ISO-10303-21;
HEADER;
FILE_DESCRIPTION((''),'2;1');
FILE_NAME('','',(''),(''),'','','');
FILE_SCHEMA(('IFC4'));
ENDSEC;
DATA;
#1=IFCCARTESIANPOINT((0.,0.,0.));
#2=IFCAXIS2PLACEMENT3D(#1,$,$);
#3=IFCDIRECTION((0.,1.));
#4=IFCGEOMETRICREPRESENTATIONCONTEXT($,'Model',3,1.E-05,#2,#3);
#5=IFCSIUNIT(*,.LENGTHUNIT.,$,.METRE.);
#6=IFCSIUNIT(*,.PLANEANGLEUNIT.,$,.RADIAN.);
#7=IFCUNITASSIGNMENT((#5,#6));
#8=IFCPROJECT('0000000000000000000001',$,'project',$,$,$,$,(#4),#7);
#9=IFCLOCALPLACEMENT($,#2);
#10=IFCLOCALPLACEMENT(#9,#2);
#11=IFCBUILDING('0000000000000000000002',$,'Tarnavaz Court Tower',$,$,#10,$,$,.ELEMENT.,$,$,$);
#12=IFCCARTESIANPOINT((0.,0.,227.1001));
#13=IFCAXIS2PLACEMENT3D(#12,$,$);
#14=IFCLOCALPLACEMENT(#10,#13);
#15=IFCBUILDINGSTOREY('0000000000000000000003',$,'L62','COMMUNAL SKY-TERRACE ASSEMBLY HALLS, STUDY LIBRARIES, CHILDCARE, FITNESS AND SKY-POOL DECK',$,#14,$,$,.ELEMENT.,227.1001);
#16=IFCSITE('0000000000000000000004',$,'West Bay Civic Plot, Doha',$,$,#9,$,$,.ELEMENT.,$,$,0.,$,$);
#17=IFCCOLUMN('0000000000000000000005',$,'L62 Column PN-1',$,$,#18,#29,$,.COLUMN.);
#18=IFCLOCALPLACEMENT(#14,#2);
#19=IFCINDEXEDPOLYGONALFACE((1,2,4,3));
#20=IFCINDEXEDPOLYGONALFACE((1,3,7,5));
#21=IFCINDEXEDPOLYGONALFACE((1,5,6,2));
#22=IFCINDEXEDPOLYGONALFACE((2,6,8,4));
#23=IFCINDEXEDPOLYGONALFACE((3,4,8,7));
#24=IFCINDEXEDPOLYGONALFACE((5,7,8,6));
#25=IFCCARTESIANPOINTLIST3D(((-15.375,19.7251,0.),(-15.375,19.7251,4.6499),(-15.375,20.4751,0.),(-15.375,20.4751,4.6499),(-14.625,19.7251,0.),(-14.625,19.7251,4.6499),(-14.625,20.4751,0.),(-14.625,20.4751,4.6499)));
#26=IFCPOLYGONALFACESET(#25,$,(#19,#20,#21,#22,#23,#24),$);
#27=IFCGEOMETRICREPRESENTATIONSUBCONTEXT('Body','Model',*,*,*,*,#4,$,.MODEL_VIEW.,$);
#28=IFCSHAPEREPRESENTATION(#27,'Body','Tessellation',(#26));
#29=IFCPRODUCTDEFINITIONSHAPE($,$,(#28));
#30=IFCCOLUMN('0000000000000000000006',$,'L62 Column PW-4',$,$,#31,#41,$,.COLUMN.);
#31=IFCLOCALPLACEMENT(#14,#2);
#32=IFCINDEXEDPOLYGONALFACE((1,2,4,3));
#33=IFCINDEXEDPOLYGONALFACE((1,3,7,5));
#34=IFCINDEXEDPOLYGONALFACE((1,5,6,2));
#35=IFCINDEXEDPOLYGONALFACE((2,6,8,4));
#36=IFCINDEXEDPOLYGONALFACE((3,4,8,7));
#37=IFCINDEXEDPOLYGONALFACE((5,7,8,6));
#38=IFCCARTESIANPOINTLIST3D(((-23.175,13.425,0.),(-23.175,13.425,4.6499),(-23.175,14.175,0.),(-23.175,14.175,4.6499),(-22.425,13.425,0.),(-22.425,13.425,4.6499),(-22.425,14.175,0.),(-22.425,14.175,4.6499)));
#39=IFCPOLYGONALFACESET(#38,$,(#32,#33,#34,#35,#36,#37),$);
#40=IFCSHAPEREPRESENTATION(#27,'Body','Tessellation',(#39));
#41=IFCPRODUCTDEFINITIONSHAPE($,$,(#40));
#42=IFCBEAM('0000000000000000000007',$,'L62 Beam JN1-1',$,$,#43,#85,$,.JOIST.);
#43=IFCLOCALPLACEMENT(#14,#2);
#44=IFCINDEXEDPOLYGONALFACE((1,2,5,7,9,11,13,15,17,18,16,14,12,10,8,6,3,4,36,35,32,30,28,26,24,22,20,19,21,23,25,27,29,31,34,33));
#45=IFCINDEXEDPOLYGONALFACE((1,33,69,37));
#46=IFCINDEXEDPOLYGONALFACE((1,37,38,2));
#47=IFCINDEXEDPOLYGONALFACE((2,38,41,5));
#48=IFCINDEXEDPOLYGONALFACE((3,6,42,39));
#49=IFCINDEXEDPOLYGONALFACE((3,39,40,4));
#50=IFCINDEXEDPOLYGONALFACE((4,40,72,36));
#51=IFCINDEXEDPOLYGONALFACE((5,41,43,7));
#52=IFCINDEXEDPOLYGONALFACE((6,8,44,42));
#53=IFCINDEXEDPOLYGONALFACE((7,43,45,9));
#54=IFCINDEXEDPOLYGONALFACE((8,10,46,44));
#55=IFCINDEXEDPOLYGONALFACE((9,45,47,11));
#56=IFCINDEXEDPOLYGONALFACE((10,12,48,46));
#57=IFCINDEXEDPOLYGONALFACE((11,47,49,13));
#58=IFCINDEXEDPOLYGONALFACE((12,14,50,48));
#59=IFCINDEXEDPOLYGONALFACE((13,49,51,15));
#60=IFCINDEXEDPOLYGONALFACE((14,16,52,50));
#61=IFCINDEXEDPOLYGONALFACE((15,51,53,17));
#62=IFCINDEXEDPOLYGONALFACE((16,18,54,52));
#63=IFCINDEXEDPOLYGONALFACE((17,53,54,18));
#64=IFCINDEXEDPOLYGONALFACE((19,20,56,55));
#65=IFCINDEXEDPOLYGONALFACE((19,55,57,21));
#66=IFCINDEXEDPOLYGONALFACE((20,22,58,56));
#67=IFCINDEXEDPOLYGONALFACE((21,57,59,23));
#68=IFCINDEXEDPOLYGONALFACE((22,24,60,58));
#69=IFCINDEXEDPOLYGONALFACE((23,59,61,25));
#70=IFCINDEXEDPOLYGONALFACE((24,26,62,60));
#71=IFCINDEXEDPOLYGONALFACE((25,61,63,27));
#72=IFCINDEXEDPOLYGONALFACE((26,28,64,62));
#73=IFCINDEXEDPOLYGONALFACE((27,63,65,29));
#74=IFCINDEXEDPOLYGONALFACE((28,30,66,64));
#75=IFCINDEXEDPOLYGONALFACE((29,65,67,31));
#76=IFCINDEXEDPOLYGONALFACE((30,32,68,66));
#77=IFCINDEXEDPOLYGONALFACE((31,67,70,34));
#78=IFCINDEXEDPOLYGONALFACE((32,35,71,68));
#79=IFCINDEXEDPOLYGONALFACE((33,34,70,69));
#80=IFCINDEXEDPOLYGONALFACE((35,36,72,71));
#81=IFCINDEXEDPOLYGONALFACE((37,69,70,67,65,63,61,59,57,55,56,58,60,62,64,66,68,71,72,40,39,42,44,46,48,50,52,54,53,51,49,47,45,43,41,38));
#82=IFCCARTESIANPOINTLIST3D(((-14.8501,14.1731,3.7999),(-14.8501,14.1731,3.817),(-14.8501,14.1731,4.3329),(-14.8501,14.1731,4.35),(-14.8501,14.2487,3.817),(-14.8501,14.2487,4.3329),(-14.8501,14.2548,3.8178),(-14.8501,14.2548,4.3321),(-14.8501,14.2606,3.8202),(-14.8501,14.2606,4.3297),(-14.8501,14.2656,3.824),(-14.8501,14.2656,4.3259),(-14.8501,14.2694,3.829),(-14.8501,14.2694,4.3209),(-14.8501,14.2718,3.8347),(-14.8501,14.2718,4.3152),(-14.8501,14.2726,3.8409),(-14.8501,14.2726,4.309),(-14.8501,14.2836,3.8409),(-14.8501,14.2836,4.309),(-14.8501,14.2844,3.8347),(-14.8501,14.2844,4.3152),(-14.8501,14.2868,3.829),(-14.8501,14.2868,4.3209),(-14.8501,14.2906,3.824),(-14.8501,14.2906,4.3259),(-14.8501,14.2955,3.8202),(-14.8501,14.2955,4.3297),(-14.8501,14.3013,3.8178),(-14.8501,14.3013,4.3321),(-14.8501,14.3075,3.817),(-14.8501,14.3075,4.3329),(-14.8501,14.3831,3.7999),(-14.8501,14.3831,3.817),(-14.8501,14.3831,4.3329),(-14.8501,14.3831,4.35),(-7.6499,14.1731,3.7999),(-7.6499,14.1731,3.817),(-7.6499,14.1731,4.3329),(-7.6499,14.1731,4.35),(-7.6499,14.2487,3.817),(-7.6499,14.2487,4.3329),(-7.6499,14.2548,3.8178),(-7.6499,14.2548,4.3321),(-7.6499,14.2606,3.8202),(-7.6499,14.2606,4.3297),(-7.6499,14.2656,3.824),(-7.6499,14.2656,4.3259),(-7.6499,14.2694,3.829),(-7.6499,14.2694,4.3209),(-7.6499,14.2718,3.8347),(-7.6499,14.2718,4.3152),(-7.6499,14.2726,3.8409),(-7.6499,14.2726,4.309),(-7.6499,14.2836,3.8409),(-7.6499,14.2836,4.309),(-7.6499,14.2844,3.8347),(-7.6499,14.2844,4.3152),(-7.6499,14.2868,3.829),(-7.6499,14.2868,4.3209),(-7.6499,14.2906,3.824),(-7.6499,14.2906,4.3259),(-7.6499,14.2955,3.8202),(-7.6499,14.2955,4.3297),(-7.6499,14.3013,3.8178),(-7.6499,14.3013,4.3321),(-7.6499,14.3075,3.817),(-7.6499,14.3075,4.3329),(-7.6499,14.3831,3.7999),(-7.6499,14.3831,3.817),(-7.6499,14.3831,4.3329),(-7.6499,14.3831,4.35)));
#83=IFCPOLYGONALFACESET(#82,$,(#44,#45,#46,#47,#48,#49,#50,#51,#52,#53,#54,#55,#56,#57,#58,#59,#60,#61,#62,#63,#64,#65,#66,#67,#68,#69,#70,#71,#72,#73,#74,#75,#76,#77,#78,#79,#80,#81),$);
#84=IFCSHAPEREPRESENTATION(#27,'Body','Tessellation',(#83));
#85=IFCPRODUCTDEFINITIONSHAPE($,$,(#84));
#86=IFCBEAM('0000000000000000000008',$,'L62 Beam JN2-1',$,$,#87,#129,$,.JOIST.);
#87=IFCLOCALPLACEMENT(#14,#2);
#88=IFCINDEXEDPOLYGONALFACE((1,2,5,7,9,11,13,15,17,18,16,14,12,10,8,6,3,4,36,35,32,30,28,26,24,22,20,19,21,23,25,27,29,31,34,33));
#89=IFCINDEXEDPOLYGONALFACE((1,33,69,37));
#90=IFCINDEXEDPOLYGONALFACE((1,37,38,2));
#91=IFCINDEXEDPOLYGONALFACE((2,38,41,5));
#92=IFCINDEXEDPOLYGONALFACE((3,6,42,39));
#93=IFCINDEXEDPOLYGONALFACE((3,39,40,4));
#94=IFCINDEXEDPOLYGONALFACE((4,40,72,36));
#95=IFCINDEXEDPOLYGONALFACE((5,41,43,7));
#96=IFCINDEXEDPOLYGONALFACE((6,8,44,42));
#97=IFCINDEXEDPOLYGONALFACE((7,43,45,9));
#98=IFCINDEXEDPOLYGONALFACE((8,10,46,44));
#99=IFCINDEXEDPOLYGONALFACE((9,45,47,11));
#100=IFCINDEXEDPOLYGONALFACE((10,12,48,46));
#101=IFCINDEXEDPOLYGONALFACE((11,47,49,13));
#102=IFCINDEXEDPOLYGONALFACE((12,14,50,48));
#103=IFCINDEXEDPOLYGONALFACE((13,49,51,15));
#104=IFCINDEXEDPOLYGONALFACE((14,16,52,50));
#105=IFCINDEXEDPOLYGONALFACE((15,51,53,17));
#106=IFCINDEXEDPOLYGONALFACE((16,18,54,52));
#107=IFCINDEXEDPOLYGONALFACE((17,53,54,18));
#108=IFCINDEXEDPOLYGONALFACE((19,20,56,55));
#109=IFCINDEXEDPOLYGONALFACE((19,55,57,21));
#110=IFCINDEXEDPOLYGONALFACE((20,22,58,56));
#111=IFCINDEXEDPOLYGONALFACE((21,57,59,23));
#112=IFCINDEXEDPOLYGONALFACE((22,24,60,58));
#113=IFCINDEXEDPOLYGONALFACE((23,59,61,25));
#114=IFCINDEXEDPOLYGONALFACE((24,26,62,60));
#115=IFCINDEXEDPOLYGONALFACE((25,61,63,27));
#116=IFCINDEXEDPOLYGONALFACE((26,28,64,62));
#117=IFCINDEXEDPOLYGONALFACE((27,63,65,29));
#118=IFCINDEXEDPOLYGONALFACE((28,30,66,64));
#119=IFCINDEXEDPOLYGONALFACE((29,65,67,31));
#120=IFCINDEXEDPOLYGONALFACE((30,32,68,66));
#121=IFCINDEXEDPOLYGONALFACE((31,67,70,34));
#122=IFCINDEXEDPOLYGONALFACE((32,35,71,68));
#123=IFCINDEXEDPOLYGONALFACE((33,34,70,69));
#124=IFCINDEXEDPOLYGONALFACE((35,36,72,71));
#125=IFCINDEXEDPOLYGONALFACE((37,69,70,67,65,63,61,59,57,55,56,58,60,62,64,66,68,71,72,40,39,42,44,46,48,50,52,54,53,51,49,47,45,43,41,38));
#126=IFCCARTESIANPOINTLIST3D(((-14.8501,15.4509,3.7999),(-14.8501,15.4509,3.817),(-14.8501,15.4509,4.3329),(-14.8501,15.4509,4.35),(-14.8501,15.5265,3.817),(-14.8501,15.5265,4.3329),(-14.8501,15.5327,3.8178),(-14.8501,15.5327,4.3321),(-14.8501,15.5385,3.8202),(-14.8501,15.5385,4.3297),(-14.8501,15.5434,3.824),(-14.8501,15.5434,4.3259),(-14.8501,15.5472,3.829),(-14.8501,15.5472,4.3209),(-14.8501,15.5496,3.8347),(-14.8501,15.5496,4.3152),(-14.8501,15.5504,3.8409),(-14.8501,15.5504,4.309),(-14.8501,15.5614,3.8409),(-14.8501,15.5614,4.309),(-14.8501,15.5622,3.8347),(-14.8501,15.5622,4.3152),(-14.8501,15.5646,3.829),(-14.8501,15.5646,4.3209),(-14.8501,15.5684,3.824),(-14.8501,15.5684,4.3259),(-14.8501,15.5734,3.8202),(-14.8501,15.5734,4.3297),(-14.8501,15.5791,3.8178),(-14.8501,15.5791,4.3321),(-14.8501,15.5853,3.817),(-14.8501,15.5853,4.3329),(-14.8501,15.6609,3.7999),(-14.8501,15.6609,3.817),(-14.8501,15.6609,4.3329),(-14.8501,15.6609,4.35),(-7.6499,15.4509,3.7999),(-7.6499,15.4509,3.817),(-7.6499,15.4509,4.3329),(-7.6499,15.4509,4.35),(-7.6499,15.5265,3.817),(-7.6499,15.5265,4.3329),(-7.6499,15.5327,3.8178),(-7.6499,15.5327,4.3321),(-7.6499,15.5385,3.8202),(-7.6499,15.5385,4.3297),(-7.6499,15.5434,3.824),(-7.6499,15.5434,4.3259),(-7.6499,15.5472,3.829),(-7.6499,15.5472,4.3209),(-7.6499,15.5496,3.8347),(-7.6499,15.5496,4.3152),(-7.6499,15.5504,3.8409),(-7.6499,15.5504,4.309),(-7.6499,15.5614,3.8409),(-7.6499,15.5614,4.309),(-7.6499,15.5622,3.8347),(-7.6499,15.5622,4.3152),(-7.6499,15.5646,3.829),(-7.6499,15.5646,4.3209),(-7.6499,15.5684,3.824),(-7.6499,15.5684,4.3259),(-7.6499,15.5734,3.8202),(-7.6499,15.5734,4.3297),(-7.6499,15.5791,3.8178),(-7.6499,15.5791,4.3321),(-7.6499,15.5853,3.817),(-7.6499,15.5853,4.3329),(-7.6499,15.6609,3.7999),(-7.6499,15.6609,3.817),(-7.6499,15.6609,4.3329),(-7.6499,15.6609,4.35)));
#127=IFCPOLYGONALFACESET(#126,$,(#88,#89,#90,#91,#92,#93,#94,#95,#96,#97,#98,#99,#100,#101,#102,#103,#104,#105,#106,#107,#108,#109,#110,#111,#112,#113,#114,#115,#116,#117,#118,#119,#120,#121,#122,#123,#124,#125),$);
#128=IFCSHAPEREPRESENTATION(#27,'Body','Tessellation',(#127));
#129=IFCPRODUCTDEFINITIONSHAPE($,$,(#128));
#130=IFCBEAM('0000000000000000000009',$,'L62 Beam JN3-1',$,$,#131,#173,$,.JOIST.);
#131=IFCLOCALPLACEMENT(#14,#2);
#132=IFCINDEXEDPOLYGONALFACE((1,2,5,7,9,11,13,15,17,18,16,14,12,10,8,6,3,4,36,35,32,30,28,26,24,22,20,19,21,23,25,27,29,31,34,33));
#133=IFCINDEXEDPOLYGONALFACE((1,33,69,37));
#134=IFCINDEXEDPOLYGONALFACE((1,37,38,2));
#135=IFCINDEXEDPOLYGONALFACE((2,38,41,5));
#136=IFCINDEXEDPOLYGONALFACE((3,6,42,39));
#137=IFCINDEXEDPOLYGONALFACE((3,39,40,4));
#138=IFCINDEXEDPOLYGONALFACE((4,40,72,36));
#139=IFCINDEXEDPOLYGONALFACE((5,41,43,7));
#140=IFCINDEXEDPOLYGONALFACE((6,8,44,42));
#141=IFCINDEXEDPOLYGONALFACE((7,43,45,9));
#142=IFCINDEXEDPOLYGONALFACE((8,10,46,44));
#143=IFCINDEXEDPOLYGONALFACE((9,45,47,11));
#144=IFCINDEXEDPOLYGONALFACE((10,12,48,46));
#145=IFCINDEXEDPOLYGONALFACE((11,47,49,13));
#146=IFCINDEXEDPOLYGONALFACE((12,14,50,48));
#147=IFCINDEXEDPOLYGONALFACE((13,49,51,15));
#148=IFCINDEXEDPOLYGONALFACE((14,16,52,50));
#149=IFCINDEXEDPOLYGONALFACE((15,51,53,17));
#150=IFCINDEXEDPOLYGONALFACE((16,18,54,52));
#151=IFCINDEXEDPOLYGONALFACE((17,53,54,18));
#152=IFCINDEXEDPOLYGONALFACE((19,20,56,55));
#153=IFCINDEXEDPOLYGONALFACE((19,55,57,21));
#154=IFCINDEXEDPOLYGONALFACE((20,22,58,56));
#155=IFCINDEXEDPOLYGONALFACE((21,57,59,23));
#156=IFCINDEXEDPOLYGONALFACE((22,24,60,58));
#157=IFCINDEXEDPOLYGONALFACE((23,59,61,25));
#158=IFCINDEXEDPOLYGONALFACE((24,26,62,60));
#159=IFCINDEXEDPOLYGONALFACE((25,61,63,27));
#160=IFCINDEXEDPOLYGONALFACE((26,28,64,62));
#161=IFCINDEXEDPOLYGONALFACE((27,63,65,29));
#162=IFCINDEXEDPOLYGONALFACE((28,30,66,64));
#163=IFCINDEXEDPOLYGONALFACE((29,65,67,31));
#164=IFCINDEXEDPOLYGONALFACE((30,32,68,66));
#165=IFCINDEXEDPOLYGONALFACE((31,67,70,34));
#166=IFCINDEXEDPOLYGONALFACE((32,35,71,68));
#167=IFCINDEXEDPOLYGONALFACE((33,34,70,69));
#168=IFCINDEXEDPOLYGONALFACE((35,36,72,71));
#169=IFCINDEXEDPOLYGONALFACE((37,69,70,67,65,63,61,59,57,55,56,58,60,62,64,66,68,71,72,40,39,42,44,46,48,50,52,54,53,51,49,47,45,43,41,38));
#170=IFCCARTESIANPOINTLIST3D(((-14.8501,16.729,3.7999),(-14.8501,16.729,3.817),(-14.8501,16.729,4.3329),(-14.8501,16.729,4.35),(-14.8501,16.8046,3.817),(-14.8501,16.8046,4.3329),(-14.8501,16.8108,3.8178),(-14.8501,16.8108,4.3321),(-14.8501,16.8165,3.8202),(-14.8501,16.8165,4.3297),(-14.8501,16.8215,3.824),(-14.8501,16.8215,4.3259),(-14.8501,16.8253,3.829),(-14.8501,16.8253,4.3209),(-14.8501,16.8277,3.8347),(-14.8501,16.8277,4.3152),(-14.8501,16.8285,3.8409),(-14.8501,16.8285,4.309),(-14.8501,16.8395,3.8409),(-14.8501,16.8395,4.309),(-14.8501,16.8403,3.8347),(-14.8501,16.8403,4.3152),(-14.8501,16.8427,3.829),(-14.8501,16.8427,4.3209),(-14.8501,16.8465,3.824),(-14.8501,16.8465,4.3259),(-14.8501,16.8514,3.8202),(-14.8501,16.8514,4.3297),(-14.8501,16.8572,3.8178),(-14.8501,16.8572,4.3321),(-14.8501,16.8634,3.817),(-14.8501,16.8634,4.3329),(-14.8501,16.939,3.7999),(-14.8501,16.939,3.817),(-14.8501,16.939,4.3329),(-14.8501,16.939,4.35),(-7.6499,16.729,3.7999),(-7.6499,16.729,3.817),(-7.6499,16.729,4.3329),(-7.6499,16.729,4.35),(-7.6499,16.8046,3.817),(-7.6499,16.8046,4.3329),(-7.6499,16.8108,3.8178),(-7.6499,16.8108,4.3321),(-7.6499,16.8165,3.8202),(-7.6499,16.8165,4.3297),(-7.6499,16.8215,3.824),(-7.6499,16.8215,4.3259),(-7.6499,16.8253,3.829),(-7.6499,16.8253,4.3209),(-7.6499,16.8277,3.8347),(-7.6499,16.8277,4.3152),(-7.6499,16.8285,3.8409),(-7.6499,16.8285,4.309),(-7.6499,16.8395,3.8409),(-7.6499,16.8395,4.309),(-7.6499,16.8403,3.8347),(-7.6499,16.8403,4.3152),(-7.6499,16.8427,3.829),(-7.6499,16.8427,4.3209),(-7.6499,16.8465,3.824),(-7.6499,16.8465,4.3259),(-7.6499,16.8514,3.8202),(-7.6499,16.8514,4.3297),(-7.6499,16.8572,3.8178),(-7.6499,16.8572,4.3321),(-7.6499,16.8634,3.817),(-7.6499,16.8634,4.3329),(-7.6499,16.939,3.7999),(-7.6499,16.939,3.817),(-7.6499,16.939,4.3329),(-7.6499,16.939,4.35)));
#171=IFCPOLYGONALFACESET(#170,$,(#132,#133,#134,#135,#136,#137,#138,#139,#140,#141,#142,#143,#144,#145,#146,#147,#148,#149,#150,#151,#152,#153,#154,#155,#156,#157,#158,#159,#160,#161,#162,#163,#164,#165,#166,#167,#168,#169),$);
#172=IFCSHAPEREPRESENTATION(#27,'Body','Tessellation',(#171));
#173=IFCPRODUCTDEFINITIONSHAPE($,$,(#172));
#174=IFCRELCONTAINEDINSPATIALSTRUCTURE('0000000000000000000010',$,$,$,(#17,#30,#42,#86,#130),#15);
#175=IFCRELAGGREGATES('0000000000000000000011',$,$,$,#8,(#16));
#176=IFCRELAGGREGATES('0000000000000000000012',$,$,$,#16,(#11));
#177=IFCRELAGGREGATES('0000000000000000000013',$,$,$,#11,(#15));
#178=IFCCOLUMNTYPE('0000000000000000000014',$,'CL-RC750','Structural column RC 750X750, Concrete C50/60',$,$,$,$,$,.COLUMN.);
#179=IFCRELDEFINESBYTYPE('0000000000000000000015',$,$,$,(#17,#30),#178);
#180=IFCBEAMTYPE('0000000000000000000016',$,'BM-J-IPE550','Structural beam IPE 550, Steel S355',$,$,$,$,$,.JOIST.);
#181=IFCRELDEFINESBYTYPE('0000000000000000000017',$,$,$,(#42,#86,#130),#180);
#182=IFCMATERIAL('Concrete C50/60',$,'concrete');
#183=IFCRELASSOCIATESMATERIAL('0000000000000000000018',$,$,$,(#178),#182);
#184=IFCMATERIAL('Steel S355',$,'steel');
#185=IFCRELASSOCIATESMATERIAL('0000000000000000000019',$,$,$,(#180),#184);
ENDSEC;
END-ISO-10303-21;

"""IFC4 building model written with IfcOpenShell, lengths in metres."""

from ifc_helpers import new_model, si_unit, direction, frame, origin, origin_2d, place, context, subcontext, project, spatial, rectangle, i_section, extrude, material, material_profile, profile_set, type_object, element, save


model = new_model("IFC4")

# Units and contexts
model_context = context("Model", 3, precision=1e-05, world=origin(), true_north=direction((0.0, 1.0)))
body_context = subcontext(model_context, "Body", "Model", "MODEL_VIEW")
ifc_project = project(units=[si_unit("LENGTHUNIT", "METRE"), si_unit("PLANEANGLEUNIT", "RADIAN")], contexts=[model_context])

# Site, building, storey
site_placement = place(None, origin())
site = spatial("IfcSite", under=ifc_project, at=site_placement, Name="West Bay Civic Plot, Doha", CompositionType="ELEMENT", RefElevation=0.0)
building_placement = place(site_placement, origin())
building = spatial("IfcBuilding", under=site, at=building_placement, Name="Tarnavaz Court Tower", CompositionType="ELEMENT")
storey_placement = place(building_placement, frame((0.0, 0.0, 227.1001)))
storey = spatial("IfcBuildingStorey", under=building, at=storey_placement, Name="L62", Description="COMMUNAL SKY-TERRACE ASSEMBLY HALLS, STUDY LIBRARIES, CHILDCARE, FITNESS AND SKY-POOL DECK", CompositionType="ELEMENT", Elevation=227.1001)

# Columns
ifc_material_1 = material(Name="Concrete C50/60", Category="concrete")
ifc_material_profile_1 = material_profile(ifc_material_1, rectangle(XDim=0.75, YDim=0.75, at=origin_2d()), Name="RC 750X750")
ifc_profile_set_1 = profile_set([ifc_material_profile_1], Name="Concrete C50/60")
column_type = type_object("IfcColumnType", Name="CL-RC750", Description="Structural column RC 750X750, Concrete C50/60", PredefinedType="COLUMN", material=ifc_profile_set_1)
for number, where, z_axis, x_axis, name in (
    (1, (-15.0, 20.1001, 0.0), (0.0, 0.0, 1.0), (1.0, 0.0, 0.0), "L62 Column PN-1"),
    (2, (-22.8, 13.8, 0.0), (0.0, 0.0, 1.0), (1.0, 0.0, 0.0), "L62 Column PW-4"),
):
    element("IfcColumn", number, at=place(storey_placement, frame(where, z_axis=z_axis, x_axis=x_axis)), inside=storey, type_object=column_type, Name=name, PredefinedType="COLUMN", context=body_context, shape_type="SweptSolid", body=[
        extrude(rectangle(XDim=0.75, YDim=0.75, at=origin_2d()), origin(), (0.0, 0.0, 1.0), 4.6499),
    ])

# Beams
ifc_material_2 = material(Name="Steel S355", Category="steel")
ifc_material_profile_2 = material_profile(ifc_material_2, i_section(OverallWidth=0.21, OverallDepth=0.55, WebThickness=0.011, FlangeThickness=0.0171, FilletRadius=0.0239, at=origin_2d()), Name="IPE 550")
ifc_profile_set_2 = profile_set([ifc_material_profile_2], Name="Steel S355")
beam_type_1 = type_object("IfcBeamType", Name="BM-J-IPE550", Description="Structural beam IPE 550, Steel S355", PredefinedType="JOIST", material=ifc_profile_set_2)
for number, where, z_axis, x_axis, name in (
    (3, (-14.8501, 14.2781, 4.075), (1.0, 0.0, 0.0), (0.0, 1.0, 0.0), "L62 Beam JN1-1"),
    (4, (-14.8501, 15.5559, 4.075), (1.0, 0.0, 0.0), (0.0, 1.0, 0.0), "L62 Beam JN2-1"),
    (5, (-14.8501, 16.834, 4.075), (1.0, 0.0, 0.0), (0.0, 1.0, 0.0), "L62 Beam JN3-1"),
):
    element("IfcBeam", number, at=place(storey_placement, frame(where, z_axis=z_axis, x_axis=x_axis)), inside=storey, type_object=beam_type_1, Name=name, PredefinedType="JOIST", context=body_context, shape_type="SweptSolid", body=[
        extrude(i_section(OverallWidth=0.21, OverallDepth=0.55, WebThickness=0.011, FlangeThickness=0.0171, FilletRadius=0.0239, at=origin_2d()), origin(), (0.0, 0.0, 1.0), 7.2002),
    ])

save(model, "model.ifc")
